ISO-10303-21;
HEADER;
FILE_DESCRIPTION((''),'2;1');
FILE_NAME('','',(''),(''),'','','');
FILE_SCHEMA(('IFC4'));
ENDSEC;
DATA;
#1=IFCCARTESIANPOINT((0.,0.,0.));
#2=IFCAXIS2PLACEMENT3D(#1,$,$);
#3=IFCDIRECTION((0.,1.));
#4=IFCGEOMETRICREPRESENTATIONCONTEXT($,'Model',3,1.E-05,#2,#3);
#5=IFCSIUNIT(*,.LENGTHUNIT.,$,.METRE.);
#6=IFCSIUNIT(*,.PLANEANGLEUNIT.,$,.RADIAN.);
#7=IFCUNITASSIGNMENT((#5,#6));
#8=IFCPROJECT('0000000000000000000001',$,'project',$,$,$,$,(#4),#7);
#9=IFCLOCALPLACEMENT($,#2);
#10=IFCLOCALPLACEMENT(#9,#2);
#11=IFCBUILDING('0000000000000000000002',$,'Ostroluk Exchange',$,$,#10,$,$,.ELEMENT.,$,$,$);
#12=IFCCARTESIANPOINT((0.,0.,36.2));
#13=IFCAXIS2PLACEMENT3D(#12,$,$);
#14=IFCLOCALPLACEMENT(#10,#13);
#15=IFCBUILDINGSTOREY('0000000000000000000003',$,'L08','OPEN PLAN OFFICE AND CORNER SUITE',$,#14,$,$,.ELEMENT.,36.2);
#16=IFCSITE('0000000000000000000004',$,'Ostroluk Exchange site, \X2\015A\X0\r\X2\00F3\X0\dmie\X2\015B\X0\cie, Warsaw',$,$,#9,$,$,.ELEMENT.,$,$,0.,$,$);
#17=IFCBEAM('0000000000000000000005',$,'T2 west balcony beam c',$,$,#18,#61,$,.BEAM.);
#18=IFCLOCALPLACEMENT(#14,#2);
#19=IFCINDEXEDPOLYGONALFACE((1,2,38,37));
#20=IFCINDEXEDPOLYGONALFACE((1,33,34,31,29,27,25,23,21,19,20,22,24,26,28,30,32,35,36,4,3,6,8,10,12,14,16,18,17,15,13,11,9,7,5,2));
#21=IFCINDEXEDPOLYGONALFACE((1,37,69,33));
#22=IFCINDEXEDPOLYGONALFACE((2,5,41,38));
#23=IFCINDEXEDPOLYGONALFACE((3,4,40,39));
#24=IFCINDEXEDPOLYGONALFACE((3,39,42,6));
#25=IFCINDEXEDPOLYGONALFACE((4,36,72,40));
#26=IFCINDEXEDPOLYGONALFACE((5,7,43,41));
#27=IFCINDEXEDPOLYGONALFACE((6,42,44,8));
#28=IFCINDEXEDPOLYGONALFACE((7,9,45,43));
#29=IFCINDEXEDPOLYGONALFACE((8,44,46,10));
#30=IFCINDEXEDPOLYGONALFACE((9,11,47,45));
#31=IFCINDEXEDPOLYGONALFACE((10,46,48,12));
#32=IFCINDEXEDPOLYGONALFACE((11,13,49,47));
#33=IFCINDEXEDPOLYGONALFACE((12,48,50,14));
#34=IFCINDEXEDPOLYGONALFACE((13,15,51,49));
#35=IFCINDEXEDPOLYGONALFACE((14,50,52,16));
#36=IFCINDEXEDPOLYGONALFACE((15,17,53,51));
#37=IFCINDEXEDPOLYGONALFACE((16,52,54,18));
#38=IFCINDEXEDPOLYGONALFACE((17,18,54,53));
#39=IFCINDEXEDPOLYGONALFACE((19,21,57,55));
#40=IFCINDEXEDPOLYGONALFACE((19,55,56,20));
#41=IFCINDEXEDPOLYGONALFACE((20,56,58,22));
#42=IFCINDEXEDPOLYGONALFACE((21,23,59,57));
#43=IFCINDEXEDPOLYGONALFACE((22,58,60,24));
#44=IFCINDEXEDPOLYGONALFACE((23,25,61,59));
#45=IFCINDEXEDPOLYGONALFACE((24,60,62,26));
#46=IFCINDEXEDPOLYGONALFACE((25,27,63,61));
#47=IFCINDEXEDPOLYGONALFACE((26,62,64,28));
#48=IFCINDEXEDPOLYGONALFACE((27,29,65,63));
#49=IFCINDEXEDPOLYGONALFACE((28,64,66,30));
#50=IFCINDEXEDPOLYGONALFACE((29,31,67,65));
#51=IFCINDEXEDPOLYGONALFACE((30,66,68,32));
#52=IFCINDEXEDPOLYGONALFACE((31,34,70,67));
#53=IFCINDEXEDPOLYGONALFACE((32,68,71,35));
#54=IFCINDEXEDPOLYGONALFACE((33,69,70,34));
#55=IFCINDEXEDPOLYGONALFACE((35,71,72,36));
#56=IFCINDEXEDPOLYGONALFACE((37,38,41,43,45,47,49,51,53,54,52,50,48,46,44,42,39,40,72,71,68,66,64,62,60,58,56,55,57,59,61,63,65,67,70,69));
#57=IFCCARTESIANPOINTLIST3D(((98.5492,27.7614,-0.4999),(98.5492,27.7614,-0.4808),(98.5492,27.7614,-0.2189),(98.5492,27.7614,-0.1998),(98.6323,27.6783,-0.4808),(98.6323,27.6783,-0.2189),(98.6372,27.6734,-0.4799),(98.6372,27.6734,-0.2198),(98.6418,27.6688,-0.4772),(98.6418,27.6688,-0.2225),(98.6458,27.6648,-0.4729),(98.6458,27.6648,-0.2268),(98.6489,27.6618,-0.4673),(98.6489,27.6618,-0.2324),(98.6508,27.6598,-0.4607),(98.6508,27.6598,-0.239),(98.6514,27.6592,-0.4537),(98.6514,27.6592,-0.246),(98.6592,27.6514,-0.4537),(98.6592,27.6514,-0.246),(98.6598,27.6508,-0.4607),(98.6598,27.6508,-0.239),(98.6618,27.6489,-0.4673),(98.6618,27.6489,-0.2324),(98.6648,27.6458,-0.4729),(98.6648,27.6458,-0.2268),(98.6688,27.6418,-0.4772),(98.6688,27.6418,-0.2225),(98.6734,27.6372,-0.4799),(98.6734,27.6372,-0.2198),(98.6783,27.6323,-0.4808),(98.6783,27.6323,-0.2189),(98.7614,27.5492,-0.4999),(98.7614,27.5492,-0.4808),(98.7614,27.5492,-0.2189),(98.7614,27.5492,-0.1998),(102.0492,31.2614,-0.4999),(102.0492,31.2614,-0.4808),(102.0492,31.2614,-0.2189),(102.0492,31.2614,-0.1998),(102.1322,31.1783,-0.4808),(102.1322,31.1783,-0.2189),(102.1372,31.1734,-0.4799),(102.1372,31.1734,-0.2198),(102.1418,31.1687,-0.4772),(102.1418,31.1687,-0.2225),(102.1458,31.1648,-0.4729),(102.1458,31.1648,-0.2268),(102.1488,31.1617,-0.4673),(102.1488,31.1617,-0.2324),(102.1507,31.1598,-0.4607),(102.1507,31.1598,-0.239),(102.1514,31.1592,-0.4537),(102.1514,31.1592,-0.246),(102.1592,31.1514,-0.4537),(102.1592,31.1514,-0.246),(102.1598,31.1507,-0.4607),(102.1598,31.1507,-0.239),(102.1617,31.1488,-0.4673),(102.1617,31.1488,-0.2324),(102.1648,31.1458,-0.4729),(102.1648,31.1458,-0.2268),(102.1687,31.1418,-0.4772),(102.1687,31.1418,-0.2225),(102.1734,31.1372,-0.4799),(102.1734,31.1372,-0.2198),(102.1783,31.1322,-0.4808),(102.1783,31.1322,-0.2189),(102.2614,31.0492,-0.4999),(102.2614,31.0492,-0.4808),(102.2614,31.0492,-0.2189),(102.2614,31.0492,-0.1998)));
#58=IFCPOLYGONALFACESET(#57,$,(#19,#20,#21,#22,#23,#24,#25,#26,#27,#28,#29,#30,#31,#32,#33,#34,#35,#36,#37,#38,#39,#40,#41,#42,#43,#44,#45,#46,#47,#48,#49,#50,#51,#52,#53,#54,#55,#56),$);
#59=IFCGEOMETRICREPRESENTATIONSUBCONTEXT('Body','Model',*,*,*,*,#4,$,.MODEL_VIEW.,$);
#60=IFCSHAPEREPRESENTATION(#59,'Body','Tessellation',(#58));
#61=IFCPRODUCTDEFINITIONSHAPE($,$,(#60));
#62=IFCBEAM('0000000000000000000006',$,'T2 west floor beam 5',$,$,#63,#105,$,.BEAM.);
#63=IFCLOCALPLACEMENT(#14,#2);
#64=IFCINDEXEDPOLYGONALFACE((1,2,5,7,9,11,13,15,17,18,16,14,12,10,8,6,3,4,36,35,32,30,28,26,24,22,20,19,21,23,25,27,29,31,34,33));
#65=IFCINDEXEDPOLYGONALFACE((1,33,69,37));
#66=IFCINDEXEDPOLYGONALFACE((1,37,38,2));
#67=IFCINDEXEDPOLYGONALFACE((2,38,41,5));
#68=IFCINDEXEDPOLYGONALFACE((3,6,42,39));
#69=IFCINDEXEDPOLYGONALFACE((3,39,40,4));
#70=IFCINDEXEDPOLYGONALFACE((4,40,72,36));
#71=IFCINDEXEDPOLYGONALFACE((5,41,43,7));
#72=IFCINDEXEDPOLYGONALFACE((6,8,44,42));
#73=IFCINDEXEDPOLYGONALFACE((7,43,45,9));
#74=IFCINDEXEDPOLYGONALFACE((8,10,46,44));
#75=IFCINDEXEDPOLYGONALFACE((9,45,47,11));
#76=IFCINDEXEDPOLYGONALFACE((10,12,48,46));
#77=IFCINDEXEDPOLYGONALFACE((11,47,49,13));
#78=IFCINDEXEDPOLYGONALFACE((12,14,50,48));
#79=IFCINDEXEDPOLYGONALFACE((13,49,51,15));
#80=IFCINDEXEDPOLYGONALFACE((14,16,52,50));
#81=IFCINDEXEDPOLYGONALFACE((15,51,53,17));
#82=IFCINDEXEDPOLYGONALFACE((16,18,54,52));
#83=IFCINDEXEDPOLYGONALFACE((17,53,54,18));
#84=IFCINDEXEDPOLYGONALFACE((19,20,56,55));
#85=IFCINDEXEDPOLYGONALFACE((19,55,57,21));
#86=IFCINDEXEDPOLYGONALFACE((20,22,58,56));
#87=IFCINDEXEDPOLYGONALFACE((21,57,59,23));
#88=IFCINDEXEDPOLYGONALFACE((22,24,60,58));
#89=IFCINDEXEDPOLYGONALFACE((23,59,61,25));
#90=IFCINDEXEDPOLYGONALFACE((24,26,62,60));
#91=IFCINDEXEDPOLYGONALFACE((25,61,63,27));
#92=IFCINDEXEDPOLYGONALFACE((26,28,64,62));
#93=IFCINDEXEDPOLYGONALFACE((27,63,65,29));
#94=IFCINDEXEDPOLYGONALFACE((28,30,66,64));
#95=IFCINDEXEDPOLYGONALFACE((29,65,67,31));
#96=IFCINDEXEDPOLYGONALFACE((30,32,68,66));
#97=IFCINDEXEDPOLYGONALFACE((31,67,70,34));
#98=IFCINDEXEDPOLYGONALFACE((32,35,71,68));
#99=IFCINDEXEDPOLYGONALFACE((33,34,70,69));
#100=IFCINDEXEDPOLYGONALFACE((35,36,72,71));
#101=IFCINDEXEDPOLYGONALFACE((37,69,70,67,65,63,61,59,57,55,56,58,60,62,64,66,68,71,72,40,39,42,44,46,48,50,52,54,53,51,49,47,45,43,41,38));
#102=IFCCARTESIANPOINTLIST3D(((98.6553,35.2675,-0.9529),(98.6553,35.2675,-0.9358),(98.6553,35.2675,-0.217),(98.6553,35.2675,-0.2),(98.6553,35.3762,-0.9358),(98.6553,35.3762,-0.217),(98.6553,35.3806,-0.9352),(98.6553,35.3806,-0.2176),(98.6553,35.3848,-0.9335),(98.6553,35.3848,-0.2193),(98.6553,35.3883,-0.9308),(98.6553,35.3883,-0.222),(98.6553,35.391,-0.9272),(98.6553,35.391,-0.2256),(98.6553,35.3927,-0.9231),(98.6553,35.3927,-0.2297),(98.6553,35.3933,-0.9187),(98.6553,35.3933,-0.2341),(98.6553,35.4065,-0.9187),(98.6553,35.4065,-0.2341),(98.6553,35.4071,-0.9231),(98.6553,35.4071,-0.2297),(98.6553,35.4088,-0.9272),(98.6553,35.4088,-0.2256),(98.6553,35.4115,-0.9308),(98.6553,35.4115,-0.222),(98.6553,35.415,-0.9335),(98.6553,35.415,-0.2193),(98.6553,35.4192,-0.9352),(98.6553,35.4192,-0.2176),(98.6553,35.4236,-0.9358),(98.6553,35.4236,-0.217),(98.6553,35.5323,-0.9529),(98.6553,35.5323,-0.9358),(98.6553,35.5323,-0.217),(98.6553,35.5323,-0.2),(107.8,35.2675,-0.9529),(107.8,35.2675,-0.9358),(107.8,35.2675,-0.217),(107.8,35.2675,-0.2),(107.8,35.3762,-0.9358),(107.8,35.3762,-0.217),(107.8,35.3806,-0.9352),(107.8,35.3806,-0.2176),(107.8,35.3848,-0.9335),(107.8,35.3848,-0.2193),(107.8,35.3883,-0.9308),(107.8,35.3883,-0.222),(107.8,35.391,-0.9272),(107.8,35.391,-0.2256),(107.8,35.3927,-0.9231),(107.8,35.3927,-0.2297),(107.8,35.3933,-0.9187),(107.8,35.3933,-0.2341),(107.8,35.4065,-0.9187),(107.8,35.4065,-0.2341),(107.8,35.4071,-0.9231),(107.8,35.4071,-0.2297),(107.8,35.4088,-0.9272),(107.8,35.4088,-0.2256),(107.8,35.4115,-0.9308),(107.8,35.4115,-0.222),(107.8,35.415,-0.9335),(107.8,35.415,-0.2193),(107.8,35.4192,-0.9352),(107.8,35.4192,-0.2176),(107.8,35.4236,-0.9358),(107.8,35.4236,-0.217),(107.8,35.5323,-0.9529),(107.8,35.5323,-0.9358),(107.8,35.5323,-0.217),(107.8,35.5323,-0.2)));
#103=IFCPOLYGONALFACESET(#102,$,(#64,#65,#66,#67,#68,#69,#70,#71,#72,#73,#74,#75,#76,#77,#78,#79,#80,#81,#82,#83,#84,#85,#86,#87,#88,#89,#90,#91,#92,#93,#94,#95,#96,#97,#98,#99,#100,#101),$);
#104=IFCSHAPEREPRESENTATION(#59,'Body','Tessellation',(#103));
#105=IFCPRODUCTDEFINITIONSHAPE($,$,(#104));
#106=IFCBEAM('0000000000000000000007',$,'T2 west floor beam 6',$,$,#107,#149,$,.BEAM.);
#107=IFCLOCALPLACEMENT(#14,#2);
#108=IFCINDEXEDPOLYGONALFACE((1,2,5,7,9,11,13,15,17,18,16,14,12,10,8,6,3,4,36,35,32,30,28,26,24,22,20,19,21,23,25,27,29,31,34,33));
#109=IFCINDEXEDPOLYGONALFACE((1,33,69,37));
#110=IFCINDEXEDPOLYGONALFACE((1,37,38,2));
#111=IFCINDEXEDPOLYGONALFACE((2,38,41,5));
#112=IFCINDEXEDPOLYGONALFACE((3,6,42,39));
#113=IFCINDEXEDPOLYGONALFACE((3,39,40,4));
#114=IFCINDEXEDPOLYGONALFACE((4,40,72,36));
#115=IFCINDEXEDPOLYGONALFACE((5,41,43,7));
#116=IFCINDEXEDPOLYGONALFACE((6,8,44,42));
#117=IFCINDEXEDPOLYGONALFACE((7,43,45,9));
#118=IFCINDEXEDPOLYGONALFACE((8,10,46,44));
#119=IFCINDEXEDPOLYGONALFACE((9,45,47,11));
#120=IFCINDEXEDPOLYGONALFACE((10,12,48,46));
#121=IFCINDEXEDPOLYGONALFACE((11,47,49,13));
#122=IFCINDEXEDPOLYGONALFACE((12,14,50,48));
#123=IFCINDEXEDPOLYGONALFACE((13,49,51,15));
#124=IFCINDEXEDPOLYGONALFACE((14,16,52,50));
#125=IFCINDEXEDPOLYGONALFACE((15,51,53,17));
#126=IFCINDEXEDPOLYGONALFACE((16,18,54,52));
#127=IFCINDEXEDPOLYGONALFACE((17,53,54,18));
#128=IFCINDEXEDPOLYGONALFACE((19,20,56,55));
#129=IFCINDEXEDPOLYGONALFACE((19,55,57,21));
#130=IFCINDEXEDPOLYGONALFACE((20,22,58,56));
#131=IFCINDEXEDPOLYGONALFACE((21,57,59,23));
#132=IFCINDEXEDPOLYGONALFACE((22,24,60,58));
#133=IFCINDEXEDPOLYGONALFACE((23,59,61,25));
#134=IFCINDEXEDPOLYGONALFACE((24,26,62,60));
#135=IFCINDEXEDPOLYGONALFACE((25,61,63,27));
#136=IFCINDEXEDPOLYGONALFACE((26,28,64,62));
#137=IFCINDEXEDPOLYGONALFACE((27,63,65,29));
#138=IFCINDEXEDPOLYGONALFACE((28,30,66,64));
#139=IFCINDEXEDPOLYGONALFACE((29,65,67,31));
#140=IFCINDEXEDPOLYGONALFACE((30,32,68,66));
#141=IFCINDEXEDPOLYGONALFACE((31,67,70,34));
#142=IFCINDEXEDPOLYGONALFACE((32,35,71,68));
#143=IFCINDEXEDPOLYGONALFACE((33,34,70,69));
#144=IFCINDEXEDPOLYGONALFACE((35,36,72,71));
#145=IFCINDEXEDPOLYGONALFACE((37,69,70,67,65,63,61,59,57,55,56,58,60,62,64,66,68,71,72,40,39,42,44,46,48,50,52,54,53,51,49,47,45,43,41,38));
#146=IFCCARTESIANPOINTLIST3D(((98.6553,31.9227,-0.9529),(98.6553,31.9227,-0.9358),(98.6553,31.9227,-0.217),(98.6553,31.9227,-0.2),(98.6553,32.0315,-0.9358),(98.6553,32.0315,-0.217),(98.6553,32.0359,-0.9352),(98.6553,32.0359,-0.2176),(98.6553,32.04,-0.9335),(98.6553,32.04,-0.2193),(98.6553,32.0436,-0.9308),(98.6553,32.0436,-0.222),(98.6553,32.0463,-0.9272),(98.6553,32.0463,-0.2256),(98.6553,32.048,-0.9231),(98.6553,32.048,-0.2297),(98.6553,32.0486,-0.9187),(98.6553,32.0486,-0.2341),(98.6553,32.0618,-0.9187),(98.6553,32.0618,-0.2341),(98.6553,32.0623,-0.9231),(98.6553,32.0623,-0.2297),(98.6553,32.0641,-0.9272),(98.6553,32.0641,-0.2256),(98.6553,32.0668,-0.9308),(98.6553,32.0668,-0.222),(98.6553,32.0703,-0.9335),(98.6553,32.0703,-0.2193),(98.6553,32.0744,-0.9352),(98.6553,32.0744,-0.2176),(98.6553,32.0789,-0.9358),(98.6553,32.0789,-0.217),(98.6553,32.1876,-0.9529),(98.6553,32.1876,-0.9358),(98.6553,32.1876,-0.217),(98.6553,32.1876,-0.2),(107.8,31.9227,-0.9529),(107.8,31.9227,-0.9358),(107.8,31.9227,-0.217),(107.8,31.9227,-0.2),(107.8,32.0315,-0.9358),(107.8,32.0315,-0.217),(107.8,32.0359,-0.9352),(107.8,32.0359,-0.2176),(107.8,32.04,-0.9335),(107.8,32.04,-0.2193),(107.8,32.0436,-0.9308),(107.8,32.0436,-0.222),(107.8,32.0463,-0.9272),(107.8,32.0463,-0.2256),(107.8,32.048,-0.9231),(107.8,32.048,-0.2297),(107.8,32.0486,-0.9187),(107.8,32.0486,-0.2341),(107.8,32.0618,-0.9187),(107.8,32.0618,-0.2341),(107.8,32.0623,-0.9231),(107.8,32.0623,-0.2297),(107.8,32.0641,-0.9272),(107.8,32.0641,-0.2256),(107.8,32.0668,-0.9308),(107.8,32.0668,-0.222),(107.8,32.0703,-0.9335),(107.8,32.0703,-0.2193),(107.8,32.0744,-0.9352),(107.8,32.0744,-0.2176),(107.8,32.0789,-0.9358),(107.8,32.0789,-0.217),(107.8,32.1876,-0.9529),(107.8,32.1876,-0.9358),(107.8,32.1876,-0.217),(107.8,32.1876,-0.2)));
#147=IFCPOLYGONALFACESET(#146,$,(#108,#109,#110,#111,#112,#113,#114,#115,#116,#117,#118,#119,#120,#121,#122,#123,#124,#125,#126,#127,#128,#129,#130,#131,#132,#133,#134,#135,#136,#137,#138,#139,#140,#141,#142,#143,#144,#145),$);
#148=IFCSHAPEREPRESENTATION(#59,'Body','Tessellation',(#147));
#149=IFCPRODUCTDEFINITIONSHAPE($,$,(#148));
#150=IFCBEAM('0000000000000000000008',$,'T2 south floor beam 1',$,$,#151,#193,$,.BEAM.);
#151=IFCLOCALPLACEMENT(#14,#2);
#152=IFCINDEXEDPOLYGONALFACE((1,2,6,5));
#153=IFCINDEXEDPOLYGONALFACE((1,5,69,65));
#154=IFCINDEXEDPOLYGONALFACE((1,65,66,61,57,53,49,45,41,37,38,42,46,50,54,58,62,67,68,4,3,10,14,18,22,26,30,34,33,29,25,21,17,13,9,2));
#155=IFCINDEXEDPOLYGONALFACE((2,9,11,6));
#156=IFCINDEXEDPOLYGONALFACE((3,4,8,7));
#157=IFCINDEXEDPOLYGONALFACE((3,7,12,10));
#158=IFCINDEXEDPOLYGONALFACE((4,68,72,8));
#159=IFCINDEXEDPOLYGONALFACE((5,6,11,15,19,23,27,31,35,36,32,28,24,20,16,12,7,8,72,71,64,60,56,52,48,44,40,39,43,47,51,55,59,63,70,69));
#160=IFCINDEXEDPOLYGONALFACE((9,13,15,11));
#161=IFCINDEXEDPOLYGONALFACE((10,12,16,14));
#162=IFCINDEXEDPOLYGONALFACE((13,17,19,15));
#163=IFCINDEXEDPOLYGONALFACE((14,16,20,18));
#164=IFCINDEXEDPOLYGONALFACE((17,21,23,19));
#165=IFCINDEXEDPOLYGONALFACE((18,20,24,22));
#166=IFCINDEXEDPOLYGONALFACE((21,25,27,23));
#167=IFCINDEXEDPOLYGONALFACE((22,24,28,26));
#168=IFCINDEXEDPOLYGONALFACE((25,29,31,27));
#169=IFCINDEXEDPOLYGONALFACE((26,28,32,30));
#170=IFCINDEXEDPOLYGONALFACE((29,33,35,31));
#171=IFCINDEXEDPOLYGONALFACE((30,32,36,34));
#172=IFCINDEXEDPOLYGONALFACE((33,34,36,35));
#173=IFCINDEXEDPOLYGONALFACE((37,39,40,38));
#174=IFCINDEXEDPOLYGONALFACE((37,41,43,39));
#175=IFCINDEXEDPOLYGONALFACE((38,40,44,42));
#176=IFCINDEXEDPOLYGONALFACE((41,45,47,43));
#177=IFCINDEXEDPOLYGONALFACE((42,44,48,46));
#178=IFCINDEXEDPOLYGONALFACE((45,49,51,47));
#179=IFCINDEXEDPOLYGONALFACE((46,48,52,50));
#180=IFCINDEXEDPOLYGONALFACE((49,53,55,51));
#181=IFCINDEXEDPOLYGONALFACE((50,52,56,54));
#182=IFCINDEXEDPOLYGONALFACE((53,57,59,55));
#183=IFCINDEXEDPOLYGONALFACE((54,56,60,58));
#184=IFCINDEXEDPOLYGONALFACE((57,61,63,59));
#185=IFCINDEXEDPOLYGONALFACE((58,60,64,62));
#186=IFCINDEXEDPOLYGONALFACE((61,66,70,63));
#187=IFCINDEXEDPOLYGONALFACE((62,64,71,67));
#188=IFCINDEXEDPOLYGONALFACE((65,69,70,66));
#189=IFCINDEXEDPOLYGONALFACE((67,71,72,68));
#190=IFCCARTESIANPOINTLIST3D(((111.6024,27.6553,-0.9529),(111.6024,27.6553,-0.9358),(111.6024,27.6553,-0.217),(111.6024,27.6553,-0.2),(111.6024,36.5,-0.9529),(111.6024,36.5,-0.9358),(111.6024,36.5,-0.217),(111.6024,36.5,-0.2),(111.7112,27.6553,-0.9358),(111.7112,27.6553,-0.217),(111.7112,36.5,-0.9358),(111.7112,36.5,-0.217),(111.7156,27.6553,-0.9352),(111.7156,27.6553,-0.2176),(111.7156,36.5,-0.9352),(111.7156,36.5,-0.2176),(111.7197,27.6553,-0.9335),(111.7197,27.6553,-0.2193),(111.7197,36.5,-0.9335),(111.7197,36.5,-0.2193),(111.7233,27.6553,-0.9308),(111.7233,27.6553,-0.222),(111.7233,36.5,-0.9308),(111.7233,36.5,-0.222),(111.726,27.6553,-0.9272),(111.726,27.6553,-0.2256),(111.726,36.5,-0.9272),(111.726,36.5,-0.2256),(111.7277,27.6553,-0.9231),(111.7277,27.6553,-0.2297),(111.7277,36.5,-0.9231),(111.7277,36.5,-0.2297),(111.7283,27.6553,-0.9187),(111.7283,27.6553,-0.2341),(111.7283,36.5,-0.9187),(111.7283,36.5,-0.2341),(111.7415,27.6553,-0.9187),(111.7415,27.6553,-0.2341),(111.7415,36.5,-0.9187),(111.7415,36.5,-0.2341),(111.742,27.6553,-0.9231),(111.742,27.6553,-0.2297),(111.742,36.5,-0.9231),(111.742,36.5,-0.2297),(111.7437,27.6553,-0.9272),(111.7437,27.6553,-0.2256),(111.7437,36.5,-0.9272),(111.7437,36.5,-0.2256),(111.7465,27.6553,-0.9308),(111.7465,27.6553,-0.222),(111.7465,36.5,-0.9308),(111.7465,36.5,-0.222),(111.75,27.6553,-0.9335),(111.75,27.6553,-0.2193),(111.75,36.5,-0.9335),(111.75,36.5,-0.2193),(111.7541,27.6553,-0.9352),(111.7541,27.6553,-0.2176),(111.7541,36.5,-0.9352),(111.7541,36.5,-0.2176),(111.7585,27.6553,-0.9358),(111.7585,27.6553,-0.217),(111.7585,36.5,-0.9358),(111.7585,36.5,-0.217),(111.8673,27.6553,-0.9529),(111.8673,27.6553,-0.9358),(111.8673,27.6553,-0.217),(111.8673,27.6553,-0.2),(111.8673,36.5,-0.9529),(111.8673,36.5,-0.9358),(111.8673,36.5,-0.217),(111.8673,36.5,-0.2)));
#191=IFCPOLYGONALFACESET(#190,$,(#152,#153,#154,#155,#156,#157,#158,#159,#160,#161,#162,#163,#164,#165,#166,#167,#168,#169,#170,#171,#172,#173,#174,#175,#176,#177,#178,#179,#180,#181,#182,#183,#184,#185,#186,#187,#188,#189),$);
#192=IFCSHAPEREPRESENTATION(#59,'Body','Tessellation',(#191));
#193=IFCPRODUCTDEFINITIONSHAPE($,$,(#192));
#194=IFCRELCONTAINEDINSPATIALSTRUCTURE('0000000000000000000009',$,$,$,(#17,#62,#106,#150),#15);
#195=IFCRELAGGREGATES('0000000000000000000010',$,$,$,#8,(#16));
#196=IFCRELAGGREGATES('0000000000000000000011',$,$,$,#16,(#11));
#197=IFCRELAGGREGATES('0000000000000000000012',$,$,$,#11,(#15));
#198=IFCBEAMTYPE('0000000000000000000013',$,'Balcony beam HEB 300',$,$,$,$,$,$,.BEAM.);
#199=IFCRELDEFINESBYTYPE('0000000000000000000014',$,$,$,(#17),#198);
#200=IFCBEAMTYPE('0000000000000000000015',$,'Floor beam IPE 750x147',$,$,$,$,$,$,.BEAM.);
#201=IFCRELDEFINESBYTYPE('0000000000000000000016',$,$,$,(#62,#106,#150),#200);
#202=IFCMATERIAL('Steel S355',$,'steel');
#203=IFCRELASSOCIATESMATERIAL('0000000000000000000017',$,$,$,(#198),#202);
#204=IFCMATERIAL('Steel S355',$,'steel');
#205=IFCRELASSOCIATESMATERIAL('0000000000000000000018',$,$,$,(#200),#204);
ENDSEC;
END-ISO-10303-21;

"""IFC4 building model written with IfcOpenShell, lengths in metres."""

from ifc_helpers import new_model, si_unit, direction, frame, origin, origin_2d, place, context, subcontext, project, spatial, i_section, extrude, material, material_profile, profile_set, type_object, element, save


model = new_model("IFC4")

# Units and contexts
model_context = context("Model", 3, precision=1e-05, world=origin(), true_north=direction((0.0, 1.0)))
body_context = subcontext(model_context, "Body", "Model", "MODEL_VIEW")
ifc_project = project(units=[si_unit("LENGTHUNIT", "METRE"), si_unit("PLANEANGLEUNIT", "RADIAN")], contexts=[model_context])

# Site, building, storey
site_placement = place(None, origin())
site = spatial("IfcSite", under=ifc_project, at=site_placement, Name="Ostroluk Exchange site, Śródmieście, Warsaw", CompositionType="ELEMENT", RefElevation=0.0)
building_placement = place(site_placement, origin())
building = spatial("IfcBuilding", under=site, at=building_placement, Name="Ostroluk Exchange", CompositionType="ELEMENT")
storey_placement = place(building_placement, frame((0.0, 0.0, 36.2)))
storey = spatial("IfcBuildingStorey", under=building, at=storey_placement, Name="L08", Description="OPEN PLAN OFFICE AND CORNER SUITE", CompositionType="ELEMENT", Elevation=36.2)

# Beams
ifc_material_1 = material(Name="Steel S355", Category="steel")
ifc_material_profile_1 = material_profile(ifc_material_1, i_section(OverallWidth=0.3, OverallDepth=0.3, WebThickness=0.011, FlangeThickness=0.019, FilletRadius=0.0271, at=origin_2d()), Name="HEB 300")
ifc_profile_set_1 = profile_set([ifc_material_profile_1], Name="Steel S355")
beam_type_1 = type_object("IfcBeamType", Name="Balcony beam HEB 300", PredefinedType="BEAM", material=ifc_profile_set_1)
beam_1_placement = place(storey_placement, frame((102.1553, 31.1553, -0.3499), z_axis=(-0.707107, -0.707107, 0.0), x_axis=(0.707107, -0.707107, 0.0)))
element("IfcBeam", 1, at=beam_1_placement, inside=storey, type_object=beam_type_1, Name="T2 west balcony beam c", PredefinedType="BEAM", context=body_context, shape_type="SweptSolid", body=[
    extrude(i_section(OverallWidth=0.3, OverallDepth=0.3, WebThickness=0.011, FlangeThickness=0.019, FilletRadius=0.0271, at=origin_2d()), origin(), (0.0, 0.0, 1.0), 4.9497),
])
ifc_material_2 = material(Name="Steel S355", Category="steel")
ifc_material_profile_2 = material_profile(ifc_material_2, i_section(OverallWidth=0.2649, OverallDepth=0.7529, WebThickness=0.0132, FlangeThickness=0.0171, FilletRadius=0.0171, at=origin_2d()), Name="IPE 750x147")
ifc_profile_set_2 = profile_set([ifc_material_profile_2], Name="Steel S355")
beam_type_2 = type_object("IfcBeamType", Name="Floor beam IPE 750x147", PredefinedType="BEAM", material=ifc_profile_set_2)
for number, where, z_axis, x_axis, name in (
    (2, (107.8, 35.3999, -0.5764), (-1.0, 0.0, 0.0), (0.0, -1.0, 0.0), "T2 west floor beam 5"),
    (3, (107.8, 32.0552, -0.5764), (-1.0, 0.0, 0.0), (0.0, -1.0, 0.0), "T2 west floor beam 6"),
):
    element("IfcBeam", number, at=place(storey_placement, frame(where, z_axis=z_axis, x_axis=x_axis)), inside=storey, type_object=beam_type_2, Name=name, PredefinedType="BEAM", context=body_context, shape_type="SweptSolid", body=[
        extrude(i_section(OverallWidth=0.2649, OverallDepth=0.7529, WebThickness=0.0132, FlangeThickness=0.0171, FilletRadius=0.0171, at=origin_2d()), origin(), (0.0, 0.0, 1.0), 9.1448),
    ])
beam_2_placement = place(storey_placement, frame((111.7349, 36.5, -0.5764), z_axis=(0.0, -1.0, 0.0), x_axis=(1.0, 0.0, 0.0)))
element("IfcBeam", 4, at=beam_2_placement, inside=storey, type_object=beam_type_2, Name="T2 south floor beam 1", PredefinedType="BEAM", context=body_context, shape_type="SweptSolid", body=[
    extrude(i_section(OverallWidth=0.2649, OverallDepth=0.7529, WebThickness=0.0132, FlangeThickness=0.0171, FilletRadius=0.0171, at=origin_2d()), origin(), (0.0, 0.0, 1.0), 8.8447),
])

save(model, "model.ifc")
